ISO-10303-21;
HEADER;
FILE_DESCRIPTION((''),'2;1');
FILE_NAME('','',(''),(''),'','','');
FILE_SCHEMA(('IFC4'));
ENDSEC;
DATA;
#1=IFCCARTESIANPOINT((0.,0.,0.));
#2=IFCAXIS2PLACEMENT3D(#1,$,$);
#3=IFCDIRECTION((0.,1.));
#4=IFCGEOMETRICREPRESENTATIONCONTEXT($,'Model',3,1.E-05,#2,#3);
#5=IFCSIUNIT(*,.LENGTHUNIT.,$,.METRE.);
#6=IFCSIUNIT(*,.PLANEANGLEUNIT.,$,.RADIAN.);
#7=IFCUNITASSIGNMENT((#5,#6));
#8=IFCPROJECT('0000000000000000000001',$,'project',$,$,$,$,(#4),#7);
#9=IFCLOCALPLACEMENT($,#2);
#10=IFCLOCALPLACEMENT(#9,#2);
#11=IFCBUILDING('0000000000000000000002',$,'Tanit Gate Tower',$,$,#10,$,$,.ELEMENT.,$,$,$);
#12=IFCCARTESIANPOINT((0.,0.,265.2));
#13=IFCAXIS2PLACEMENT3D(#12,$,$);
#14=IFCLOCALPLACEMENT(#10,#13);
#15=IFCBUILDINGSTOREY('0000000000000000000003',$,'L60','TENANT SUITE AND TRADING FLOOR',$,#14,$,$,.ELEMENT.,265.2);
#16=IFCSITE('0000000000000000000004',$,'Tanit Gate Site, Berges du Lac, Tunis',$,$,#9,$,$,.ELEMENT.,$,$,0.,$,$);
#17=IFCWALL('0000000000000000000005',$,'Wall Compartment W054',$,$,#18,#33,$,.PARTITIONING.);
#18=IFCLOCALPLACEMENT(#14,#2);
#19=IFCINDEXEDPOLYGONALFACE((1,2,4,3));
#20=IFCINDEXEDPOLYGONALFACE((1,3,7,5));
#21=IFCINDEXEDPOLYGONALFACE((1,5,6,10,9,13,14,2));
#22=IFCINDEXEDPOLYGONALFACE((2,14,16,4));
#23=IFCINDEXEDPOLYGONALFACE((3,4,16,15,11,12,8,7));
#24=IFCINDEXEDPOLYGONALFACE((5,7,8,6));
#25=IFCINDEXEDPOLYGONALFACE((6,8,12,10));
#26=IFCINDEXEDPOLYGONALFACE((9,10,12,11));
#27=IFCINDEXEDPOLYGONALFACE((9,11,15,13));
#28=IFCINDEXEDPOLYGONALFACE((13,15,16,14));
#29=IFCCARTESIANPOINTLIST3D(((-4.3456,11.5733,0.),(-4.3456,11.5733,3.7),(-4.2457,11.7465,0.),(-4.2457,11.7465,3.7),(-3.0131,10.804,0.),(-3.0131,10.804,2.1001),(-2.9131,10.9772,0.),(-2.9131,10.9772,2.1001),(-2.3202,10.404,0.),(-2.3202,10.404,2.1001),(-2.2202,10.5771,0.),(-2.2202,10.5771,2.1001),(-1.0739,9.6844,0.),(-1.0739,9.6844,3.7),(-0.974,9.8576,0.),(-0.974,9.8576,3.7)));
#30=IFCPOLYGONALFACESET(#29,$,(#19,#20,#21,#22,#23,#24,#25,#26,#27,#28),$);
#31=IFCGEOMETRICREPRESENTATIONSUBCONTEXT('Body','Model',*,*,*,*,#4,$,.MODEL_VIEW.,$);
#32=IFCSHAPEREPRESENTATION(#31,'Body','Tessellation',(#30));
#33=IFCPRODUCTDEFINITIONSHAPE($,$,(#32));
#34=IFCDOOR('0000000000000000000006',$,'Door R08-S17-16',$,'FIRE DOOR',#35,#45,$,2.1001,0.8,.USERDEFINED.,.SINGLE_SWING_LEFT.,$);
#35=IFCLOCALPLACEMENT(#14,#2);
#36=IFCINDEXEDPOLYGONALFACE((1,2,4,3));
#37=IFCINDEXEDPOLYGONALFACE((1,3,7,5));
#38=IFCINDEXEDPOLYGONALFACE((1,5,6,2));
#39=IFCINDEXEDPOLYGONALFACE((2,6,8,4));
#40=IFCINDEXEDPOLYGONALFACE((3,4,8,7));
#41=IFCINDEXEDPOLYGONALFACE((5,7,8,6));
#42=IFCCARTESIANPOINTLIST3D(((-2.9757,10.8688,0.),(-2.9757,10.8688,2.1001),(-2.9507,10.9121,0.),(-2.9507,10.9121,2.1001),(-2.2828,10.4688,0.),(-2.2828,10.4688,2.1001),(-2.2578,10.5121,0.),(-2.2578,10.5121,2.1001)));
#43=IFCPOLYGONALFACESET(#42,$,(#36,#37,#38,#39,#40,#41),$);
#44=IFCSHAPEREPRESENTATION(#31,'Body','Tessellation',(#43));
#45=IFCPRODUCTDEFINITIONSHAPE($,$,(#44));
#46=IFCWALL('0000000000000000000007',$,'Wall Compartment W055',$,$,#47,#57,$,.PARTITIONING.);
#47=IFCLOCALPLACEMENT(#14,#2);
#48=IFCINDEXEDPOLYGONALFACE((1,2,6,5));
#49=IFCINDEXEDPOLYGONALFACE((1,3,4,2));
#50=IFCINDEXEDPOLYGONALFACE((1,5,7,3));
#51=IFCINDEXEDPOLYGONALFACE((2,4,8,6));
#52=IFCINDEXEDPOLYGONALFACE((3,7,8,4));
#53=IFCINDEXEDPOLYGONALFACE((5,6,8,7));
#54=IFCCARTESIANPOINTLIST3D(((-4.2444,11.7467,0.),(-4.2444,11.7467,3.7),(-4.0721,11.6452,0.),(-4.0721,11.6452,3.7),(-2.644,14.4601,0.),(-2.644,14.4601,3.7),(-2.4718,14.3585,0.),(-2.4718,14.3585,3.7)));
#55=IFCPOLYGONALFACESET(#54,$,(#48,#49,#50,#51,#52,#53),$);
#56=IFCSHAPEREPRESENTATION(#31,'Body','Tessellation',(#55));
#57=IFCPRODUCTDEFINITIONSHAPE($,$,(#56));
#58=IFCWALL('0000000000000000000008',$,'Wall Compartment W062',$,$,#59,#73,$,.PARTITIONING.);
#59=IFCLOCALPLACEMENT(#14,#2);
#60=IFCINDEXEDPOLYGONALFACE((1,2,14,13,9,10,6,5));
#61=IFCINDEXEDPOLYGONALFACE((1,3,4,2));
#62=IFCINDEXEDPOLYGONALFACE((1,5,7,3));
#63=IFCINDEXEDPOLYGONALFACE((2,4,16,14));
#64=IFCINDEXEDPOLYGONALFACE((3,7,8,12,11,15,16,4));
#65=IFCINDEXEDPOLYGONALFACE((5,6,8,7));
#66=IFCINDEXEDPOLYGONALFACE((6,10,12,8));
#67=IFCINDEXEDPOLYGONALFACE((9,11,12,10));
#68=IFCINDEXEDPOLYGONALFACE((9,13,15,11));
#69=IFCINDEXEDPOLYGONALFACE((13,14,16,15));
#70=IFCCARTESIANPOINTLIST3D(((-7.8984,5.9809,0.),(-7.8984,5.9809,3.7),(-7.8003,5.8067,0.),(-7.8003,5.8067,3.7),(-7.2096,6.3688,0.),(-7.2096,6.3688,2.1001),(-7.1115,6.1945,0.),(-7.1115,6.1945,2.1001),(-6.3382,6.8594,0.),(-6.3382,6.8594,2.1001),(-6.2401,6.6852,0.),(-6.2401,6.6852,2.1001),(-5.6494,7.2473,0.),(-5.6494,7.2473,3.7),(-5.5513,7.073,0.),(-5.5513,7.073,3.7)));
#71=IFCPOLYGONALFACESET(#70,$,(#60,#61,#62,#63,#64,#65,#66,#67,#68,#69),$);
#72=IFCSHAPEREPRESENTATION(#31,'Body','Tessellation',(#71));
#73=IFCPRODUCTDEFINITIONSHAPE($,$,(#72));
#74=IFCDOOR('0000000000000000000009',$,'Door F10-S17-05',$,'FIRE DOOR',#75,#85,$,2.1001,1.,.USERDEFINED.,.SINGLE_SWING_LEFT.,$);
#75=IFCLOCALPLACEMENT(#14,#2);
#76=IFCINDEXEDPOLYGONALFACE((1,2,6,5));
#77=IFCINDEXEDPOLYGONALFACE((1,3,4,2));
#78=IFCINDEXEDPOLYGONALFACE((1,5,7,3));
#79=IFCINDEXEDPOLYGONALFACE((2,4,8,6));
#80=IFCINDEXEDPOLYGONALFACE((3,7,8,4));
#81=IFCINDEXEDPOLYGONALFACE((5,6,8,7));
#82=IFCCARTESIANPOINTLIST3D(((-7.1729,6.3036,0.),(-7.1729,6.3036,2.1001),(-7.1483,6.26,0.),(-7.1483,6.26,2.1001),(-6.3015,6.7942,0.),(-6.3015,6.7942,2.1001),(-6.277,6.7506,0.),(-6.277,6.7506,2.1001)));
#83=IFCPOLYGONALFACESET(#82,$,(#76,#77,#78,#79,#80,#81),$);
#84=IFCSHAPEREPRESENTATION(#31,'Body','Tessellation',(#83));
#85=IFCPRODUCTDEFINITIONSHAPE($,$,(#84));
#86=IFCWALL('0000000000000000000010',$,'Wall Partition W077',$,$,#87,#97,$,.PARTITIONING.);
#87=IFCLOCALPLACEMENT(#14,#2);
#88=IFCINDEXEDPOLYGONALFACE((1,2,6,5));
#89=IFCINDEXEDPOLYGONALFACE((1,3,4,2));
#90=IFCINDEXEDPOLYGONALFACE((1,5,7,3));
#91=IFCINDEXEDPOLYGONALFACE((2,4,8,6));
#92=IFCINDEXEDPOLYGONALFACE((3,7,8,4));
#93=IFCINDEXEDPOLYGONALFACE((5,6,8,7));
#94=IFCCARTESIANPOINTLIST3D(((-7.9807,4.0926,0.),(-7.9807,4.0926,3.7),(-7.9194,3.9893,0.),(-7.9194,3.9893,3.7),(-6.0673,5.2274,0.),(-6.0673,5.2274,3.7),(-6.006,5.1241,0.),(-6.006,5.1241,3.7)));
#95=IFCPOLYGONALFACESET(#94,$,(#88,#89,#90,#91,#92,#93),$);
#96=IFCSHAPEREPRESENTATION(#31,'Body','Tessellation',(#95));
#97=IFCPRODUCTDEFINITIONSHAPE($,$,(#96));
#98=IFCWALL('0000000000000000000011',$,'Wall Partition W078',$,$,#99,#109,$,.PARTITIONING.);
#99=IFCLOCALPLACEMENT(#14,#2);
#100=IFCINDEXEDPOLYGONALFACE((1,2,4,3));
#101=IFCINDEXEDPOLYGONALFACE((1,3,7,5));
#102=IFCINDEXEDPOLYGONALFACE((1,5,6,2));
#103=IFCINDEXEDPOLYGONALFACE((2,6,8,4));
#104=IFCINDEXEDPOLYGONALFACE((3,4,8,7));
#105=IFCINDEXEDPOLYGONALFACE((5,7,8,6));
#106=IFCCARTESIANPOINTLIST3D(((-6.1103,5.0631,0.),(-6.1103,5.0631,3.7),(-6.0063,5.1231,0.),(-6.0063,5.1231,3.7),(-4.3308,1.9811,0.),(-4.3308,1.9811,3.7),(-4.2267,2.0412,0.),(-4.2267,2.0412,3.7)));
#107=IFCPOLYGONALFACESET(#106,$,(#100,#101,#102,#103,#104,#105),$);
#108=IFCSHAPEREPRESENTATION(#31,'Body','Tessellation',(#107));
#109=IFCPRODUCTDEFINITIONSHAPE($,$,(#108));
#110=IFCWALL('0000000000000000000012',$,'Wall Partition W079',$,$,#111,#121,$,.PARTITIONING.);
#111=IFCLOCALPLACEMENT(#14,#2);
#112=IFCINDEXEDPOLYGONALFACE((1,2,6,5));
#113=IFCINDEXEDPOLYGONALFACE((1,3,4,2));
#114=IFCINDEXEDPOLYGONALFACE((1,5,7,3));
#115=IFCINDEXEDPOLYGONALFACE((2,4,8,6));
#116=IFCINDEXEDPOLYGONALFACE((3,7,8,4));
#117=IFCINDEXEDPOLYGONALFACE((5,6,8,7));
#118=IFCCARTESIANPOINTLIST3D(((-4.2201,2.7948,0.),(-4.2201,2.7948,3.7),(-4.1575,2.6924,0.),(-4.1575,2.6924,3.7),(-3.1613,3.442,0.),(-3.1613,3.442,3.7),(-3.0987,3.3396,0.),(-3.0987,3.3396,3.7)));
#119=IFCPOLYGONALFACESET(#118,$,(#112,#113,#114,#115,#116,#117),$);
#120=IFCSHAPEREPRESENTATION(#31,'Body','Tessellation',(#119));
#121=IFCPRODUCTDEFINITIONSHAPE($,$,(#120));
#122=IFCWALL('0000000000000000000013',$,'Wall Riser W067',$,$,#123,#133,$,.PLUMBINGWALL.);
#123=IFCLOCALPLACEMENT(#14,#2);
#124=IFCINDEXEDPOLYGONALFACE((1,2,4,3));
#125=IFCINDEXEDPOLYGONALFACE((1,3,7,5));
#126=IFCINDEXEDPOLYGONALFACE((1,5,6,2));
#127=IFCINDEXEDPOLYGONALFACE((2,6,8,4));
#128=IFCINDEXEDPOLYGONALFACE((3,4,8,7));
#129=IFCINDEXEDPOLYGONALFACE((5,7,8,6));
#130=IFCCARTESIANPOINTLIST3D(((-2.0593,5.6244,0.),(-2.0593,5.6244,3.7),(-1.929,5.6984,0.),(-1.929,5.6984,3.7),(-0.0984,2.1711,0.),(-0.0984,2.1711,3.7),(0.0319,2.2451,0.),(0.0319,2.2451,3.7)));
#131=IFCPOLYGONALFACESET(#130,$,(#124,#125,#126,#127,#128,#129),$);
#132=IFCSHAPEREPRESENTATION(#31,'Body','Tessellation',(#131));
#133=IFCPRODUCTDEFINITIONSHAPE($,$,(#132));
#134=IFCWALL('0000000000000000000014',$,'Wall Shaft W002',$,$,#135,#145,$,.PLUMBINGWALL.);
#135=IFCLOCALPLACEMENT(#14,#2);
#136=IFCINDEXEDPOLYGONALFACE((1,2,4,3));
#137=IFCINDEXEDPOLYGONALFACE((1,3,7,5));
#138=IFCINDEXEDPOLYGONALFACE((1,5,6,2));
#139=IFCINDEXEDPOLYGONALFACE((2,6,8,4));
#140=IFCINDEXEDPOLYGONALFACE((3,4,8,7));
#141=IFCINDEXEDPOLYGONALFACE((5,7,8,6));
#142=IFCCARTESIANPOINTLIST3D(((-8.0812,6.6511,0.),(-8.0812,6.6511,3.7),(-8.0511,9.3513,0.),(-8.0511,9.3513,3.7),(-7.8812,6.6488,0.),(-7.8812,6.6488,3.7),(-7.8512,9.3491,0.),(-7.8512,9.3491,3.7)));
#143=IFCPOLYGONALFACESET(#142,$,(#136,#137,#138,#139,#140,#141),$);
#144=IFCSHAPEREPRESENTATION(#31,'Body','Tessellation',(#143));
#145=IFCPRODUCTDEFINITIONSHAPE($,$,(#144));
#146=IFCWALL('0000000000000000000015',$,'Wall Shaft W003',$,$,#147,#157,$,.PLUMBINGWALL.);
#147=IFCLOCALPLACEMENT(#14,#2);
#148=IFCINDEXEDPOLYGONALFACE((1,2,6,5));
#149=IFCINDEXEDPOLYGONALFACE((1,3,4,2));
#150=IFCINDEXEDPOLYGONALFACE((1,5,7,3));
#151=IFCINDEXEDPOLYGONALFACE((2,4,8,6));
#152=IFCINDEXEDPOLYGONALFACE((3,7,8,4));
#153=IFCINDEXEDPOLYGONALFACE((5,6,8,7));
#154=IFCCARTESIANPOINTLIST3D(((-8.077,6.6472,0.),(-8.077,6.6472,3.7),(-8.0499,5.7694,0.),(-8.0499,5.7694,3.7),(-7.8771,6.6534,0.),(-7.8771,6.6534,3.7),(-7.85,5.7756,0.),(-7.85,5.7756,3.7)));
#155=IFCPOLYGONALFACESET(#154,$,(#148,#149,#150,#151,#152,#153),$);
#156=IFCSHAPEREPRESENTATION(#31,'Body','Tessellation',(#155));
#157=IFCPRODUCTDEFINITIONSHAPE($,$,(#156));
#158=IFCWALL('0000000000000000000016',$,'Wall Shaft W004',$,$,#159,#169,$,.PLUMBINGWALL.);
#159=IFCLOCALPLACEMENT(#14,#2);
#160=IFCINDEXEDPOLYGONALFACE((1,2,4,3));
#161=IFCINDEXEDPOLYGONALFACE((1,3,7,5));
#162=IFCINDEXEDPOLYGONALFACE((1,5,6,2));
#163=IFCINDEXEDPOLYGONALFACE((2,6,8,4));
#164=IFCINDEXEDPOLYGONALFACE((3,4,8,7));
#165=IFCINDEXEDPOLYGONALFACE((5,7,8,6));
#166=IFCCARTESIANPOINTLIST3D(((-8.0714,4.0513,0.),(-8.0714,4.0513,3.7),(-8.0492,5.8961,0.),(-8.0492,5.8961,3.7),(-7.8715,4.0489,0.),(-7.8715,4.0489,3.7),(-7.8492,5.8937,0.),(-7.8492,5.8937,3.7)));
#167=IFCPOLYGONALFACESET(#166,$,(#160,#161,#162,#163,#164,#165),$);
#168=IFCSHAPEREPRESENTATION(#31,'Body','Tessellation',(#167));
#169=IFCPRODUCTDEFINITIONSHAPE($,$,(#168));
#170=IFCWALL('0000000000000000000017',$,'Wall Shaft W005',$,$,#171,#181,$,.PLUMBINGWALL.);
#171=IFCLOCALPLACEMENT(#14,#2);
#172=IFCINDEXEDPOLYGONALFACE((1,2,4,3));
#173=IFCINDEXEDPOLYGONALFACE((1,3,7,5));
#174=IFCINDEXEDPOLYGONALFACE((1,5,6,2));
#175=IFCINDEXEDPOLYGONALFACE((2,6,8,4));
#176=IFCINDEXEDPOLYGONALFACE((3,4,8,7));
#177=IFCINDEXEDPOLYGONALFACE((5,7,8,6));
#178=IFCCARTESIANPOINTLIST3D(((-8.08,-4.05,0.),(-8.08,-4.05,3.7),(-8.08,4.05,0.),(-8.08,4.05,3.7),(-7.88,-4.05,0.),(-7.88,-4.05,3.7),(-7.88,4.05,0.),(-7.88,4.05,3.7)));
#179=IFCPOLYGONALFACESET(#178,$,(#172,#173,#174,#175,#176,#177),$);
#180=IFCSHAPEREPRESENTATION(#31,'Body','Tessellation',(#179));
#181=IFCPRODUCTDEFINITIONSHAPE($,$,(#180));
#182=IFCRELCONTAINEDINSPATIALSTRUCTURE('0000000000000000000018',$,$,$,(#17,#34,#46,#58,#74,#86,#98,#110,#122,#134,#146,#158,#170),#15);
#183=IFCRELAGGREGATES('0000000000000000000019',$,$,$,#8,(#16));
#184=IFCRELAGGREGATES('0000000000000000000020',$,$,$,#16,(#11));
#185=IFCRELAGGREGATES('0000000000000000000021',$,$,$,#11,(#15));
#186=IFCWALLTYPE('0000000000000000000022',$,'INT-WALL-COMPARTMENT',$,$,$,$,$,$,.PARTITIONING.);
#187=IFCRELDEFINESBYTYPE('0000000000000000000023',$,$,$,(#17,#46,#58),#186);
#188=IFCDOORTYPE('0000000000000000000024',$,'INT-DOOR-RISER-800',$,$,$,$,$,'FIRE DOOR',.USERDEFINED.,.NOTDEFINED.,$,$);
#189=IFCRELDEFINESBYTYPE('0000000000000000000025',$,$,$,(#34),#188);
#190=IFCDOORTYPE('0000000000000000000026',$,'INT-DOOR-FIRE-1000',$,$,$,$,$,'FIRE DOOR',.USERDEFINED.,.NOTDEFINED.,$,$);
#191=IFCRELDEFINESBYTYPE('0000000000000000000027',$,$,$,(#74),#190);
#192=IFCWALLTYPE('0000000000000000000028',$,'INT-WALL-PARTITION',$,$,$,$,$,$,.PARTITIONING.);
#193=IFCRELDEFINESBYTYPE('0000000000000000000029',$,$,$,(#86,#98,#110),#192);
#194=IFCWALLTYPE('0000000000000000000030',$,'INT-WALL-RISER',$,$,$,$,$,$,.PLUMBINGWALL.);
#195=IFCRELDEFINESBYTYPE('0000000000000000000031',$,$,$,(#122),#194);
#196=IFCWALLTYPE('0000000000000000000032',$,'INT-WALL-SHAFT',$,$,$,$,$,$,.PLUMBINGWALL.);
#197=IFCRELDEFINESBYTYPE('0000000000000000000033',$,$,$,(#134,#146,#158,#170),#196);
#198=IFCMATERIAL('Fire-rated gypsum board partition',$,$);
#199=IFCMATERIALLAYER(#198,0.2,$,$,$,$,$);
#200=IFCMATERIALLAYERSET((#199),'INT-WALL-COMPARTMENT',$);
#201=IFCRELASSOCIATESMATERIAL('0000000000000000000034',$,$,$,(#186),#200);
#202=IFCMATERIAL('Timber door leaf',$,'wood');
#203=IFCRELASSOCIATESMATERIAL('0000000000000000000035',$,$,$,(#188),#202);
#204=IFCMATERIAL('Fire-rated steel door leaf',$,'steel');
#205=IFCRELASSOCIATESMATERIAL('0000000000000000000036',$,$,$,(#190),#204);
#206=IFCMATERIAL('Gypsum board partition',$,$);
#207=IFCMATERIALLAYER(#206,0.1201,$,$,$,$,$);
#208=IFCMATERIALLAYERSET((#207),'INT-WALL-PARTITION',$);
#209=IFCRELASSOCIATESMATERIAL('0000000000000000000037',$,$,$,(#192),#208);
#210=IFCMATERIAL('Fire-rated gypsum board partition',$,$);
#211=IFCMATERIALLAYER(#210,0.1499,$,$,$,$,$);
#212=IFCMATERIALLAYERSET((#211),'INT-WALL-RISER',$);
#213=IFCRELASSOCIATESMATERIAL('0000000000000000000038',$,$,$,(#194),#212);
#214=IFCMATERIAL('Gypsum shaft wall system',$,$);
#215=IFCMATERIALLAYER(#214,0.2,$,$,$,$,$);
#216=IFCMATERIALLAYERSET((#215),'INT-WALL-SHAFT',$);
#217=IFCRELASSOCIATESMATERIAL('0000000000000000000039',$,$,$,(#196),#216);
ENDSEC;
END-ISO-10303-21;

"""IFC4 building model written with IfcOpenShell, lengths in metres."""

from ifc_helpers import new_model, si_unit, direction, frame, frame_2d, origin, place, context, subcontext, project, spatial, rectangle, extrude, material, layer, layer_set, type_object, element, fill, save


model = new_model("IFC4")

# Units and contexts
model_context = context("Model", 3, precision=1e-05, world=origin(), true_north=direction((0.0, 1.0)))
body_context = subcontext(model_context, "Body", "Model", "MODEL_VIEW")
ifc_project = project(units=[si_unit("LENGTHUNIT", "METRE"), si_unit("PLANEANGLEUNIT", "RADIAN")], contexts=[model_context])

# Site, building, storey
site_placement = place(None, origin())
site = spatial("IfcSite", under=ifc_project, at=site_placement, Name="Tanit Gate Site, Berges du Lac, Tunis", CompositionType="ELEMENT", RefElevation=0.0)
building_placement = place(site_placement, origin())
building = spatial("IfcBuilding", under=site, at=building_placement, Name="Tanit Gate Tower", CompositionType="ELEMENT")
storey_placement = place(building_placement, frame((0.0, 0.0, 265.2)))
storey = spatial("IfcBuildingStorey", under=building, at=storey_placement, Name="L60", Description="TENANT SUITE AND TRADING FLOOR", CompositionType="ELEMENT", Elevation=265.2)

# Wall, opening, door
ifc_material_1 = material(Name="Fire-rated gypsum board partition")
ifc_layer_1 = layer(ifc_material_1, 0.2)
ifc_layer_set_1 = layer_set([ifc_layer_1], Name="INT-WALL-COMPARTMENT")
wall_type_1 = type_object("IfcWallType", Name="INT-WALL-COMPARTMENT", PredefinedType="PARTITIONING", material=ifc_layer_set_1)
wall_1_placement = place(storey_placement, frame((-4.2957, 11.6599, 0.0), z_axis=(0.0, 0.0, 1.0), x_axis=(0.866027, -0.499997, 0.0)))
wall_1 = element("IfcWall", 1, at=wall_1_placement, inside=storey, type_object=wall_type_1, Name="Wall Compartment W054", PredefinedType="PARTITIONING", context=body_context, shape_type="SweptSolid", body=[
    extrude(rectangle(XDim=3.7778, YDim=0.2, at=frame_2d((1.8889, 0.0))), origin(), (0.0, 0.0, 1.0), 3.7),
])
opening_1_placement = place(wall_1_placement, frame((1.5388, 0.0, 0.0)))
opening_1 = element("IfcOpeningElement", 2, at=opening_1_placement, cuts=wall_1, PredefinedType="OPENING", context=body_context, shape_type="SweptSolid", body=[
    extrude(rectangle(XDim=0.8, YDim=2.1001, at=frame_2d((0.3999, 1.05))), frame((0.0, 0.1099, 0.0), z_axis=(0.0, -1.0, 0.0), x_axis=(1.0, 0.0, 0.0)), (0.0, 0.0, 1.0), 0.22),
])
ifc_material_2 = material(Name="Timber door leaf", Category="wood")
door_type_1 = type_object("IfcDoorType", Name="INT-DOOR-RISER-800", ElementType="FIRE DOOR", OperationType="NOTDEFINED", PredefinedType="USERDEFINED", material=ifc_material_2)
door_1_placement = place(opening_1_placement, origin())
door_1 = element("IfcDoor", 3, at=door_1_placement, inside=storey, type_object=door_type_1, Name="Door R08-S17-16", ObjectType="FIRE DOOR", OperationType="SINGLE_SWING_LEFT", OverallHeight=2.1001, OverallWidth=0.8, PredefinedType="USERDEFINED", context=body_context, shape_type="SweptSolid", body=[
    extrude(rectangle(XDim=0.8, YDim=2.1001, at=frame_2d((0.3999, 1.05))), frame((0.0, 0.0249, 0.0), z_axis=(0.0, -1.0, 0.0), x_axis=(1.0, 0.0, 0.0)), (0.0, 0.0, 1.0), 0.05),
])
fill(opening_1, door_1)

# Wall
wall_2_placement = place(storey_placement, frame((-2.5579, 14.4094, 0.0), z_axis=(0.0, 0.0, 1.0), x_axis=(-0.508019, -0.861346, 0.0)))
element("IfcWall", 4, at=wall_2_placement, inside=storey, type_object=wall_type_1, Name="Wall Compartment W055", PredefinedType="PARTITIONING", context=body_context, shape_type="SweptSolid", body=[
    extrude(rectangle(XDim=3.1501, YDim=0.2, at=frame_2d((1.5752, 0.0))), origin(), (0.0, 0.0, 1.0), 3.7),
])

# Wall, opening, door
wall_3_placement = place(storey_placement, frame((-5.6003, 7.1602, 0.0), z_axis=(0.0, 0.0, 1.0), x_axis=(-0.871363, -0.490638, 0.0)))
wall_3 = element("IfcWall", 5, at=wall_3_placement, inside=storey, type_object=wall_type_1, Name="Wall Compartment W062", PredefinedType="PARTITIONING", context=body_context, shape_type="SweptSolid", body=[
    extrude(rectangle(XDim=2.5811, YDim=0.2, at=frame_2d((1.2905, 0.0))), origin(), (0.0, 0.0, 1.0), 3.7),
])
opening_2_placement = place(wall_3_placement, frame((0.7905, 0.0, 0.0)))
opening_2 = element("IfcOpeningElement", 6, at=opening_2_placement, cuts=wall_3, PredefinedType="OPENING", context=body_context, shape_type="SweptSolid", body=[
    extrude(rectangle(XDim=1.0, YDim=2.1001, at=frame_2d((0.5, 1.05))), frame((0.0, 0.1099, 0.0), z_axis=(0.0, -1.0, 0.0), x_axis=(1.0, 0.0, 0.0)), (0.0, 0.0, 1.0), 0.22),
])
ifc_material_3 = material(Name="Fire-rated steel door leaf", Category="steel")
door_type_2 = type_object("IfcDoorType", Name="INT-DOOR-FIRE-1000", ElementType="FIRE DOOR", OperationType="NOTDEFINED", PredefinedType="USERDEFINED", material=ifc_material_3)
door_2_placement = place(opening_2_placement, origin())
door_2 = element("IfcDoor", 7, at=door_2_placement, inside=storey, type_object=door_type_2, Name="Door F10-S17-05", ObjectType="FIRE DOOR", OperationType="SINGLE_SWING_LEFT", OverallHeight=2.1001, OverallWidth=1.0, PredefinedType="USERDEFINED", context=body_context, shape_type="SweptSolid", body=[
    extrude(rectangle(XDim=1.0, YDim=2.1001, at=frame_2d((0.5, 1.05))), frame((0.0, 0.0249, 0.0), z_axis=(0.0, -1.0, 0.0), x_axis=(1.0, 0.0, 0.0)), (0.0, 0.0, 1.0), 0.05),
])
fill(opening_2, door_2)

# Walls
ifc_material_4 = material(Name="Gypsum board partition")
ifc_layer_2 = layer(ifc_material_4, 0.1201)
ifc_layer_set_2 = layer_set([ifc_layer_2], Name="INT-WALL-PARTITION")
wall_type_2 = type_object("IfcWallType", Name="INT-WALL-PARTITION", PredefinedType="PARTITIONING", material=ifc_layer_set_2)
wall_4_placement = place(storey_placement, frame((-6.0366, 5.1758, 0.0), z_axis=(0.0, 0.0, 1.0), x_axis=(-0.860106, -0.510115, 0.0)))
element("IfcWall", 8, at=wall_4_placement, inside=storey, type_object=wall_type_2, Name="Wall Partition W077", PredefinedType="PARTITIONING", context=body_context, shape_type="SweptSolid", body=[
    extrude(rectangle(XDim=2.2246, YDim=0.1201, at=frame_2d((1.1123, 0.0))), origin(), (0.0, 0.0, 1.0), 3.7),
])
wall_5_placement = place(storey_placement, frame((-4.2788, 2.0112, 0.0), z_axis=(0.0, 0.0, 1.0), x_axis=(-0.500027, 0.86601, 0.0)))
element("IfcWall", 9, at=wall_5_placement, inside=storey, type_object=wall_type_2, Name="Wall Partition W078", PredefinedType="PARTITIONING", context=body_context, shape_type="SweptSolid", body=[
    extrude(rectangle(XDim=3.5588, YDim=0.1201, at=frame_2d((1.7793, 0.0))), origin(), (0.0, 0.0, 1.0), 3.7),
])
wall_6_placement = place(storey_placement, frame((-3.1299, 3.3909, 0.0), z_axis=(0.0, 0.0, 1.0), x_axis=(-0.853228, -0.521538, 0.0)))
element("IfcWall", 10, at=wall_6_placement, inside=storey, type_object=wall_type_2, Name="Wall Partition W079", PredefinedType="PARTITIONING", context=body_context, shape_type="SweptSolid", body=[
    extrude(rectangle(XDim=1.241, YDim=0.1201, at=frame_2d((0.6206, 0.0))), origin(), (0.0, 0.0, 1.0), 3.7),
])
ifc_material_5 = material(Name="Fire-rated gypsum board partition")
ifc_layer_3 = layer(ifc_material_5, 0.1499)
ifc_layer_set_3 = layer_set([ifc_layer_3], Name="INT-WALL-RISER")
wall_type_3 = type_object("IfcWallType", Name="INT-WALL-RISER", PredefinedType="PLUMBINGWALL", material=ifc_layer_set_3)
wall_7_placement = place(storey_placement, frame((-1.9941, 5.6614, 0.0), z_axis=(0.0, 0.0, 1.0), x_axis=(0.49378, -0.869587, 0.0)))
element("IfcWall", 11, at=wall_7_placement, inside=storey, type_object=wall_type_3, Name="Wall Riser W067", PredefinedType="PLUMBINGWALL", context=body_context, shape_type="SweptSolid", body=[
    extrude(rectangle(XDim=3.9712, YDim=0.1499, at=frame_2d((1.9856, 0.0))), origin(), (0.0, 0.0, 1.0), 3.7),
])
ifc_material_6 = material(Name="Gypsum shaft wall system")
ifc_layer_4 = layer(ifc_material_6, 0.2)
ifc_layer_set_4 = layer_set([ifc_layer_4], Name="INT-WALL-SHAFT")
wall_type_4 = type_object("IfcWallType", Name="INT-WALL-SHAFT", PredefinedType="PLUMBINGWALL", material=ifc_layer_set_4)
wall_8_placement = place(storey_placement, frame((-7.9512, 9.3501, 0.0), z_axis=(0.0, 0.0, 1.0), x_axis=(-0.01112, -0.999938, 0.0)))
element("IfcWall", 12, at=wall_8_placement, inside=storey, type_object=wall_type_4, Name="Wall Shaft W002", PredefinedType="PLUMBINGWALL", context=body_context, shape_type="SweptSolid", body=[
    extrude(rectangle(XDim=2.7004, YDim=0.2, at=frame_2d((1.3501, 0.0))), origin(), (0.0, 0.0, 1.0), 3.7),
])
wall_9_placement = place(storey_placement, frame((-7.9771, 6.6501, 0.0), z_axis=(0.0, 0.0, 1.0), x_axis=(0.030862, -0.999524, 0.0)))
element("IfcWall", 13, at=wall_9_placement, inside=storey, type_object=wall_type_4, Name="Wall Shaft W003", PredefinedType="PLUMBINGWALL", context=body_context, shape_type="SweptSolid", body=[
    extrude(rectangle(XDim=0.8782, YDim=0.2, at=frame_2d((0.439, 0.0))), origin(), (0.0, 0.0, 1.0), 3.7),
])
wall_10_placement = place(storey_placement, frame((-7.9492, 5.8948, 0.0), z_axis=(0.0, 0.0, 1.0), x_axis=(-0.012043, -0.999927, 0.0)))
element("IfcWall", 14, at=wall_10_placement, inside=storey, type_object=wall_type_4, Name="Wall Shaft W004", PredefinedType="PLUMBINGWALL", context=body_context, shape_type="SweptSolid", body=[
    extrude(rectangle(XDim=1.845, YDim=0.2, at=frame_2d((0.9224, 0.0))), origin(), (0.0, 0.0, 1.0), 3.7),
])
wall_11_placement = place(storey_placement, frame((-7.98, 4.05, 0.0), z_axis=(0.0, 0.0, 1.0), x_axis=(0.0, -1.0, 0.0)))
element("IfcWall", 15, at=wall_11_placement, inside=storey, type_object=wall_type_4, Name="Wall Shaft W005", PredefinedType="PLUMBINGWALL", context=body_context, shape_type="SweptSolid", body=[
    extrude(rectangle(XDim=8.1001, YDim=0.2, at=frame_2d((4.05, 0.0))), origin(), (0.0, 0.0, 1.0), 3.7),
])

save(model, "model.ifc")
